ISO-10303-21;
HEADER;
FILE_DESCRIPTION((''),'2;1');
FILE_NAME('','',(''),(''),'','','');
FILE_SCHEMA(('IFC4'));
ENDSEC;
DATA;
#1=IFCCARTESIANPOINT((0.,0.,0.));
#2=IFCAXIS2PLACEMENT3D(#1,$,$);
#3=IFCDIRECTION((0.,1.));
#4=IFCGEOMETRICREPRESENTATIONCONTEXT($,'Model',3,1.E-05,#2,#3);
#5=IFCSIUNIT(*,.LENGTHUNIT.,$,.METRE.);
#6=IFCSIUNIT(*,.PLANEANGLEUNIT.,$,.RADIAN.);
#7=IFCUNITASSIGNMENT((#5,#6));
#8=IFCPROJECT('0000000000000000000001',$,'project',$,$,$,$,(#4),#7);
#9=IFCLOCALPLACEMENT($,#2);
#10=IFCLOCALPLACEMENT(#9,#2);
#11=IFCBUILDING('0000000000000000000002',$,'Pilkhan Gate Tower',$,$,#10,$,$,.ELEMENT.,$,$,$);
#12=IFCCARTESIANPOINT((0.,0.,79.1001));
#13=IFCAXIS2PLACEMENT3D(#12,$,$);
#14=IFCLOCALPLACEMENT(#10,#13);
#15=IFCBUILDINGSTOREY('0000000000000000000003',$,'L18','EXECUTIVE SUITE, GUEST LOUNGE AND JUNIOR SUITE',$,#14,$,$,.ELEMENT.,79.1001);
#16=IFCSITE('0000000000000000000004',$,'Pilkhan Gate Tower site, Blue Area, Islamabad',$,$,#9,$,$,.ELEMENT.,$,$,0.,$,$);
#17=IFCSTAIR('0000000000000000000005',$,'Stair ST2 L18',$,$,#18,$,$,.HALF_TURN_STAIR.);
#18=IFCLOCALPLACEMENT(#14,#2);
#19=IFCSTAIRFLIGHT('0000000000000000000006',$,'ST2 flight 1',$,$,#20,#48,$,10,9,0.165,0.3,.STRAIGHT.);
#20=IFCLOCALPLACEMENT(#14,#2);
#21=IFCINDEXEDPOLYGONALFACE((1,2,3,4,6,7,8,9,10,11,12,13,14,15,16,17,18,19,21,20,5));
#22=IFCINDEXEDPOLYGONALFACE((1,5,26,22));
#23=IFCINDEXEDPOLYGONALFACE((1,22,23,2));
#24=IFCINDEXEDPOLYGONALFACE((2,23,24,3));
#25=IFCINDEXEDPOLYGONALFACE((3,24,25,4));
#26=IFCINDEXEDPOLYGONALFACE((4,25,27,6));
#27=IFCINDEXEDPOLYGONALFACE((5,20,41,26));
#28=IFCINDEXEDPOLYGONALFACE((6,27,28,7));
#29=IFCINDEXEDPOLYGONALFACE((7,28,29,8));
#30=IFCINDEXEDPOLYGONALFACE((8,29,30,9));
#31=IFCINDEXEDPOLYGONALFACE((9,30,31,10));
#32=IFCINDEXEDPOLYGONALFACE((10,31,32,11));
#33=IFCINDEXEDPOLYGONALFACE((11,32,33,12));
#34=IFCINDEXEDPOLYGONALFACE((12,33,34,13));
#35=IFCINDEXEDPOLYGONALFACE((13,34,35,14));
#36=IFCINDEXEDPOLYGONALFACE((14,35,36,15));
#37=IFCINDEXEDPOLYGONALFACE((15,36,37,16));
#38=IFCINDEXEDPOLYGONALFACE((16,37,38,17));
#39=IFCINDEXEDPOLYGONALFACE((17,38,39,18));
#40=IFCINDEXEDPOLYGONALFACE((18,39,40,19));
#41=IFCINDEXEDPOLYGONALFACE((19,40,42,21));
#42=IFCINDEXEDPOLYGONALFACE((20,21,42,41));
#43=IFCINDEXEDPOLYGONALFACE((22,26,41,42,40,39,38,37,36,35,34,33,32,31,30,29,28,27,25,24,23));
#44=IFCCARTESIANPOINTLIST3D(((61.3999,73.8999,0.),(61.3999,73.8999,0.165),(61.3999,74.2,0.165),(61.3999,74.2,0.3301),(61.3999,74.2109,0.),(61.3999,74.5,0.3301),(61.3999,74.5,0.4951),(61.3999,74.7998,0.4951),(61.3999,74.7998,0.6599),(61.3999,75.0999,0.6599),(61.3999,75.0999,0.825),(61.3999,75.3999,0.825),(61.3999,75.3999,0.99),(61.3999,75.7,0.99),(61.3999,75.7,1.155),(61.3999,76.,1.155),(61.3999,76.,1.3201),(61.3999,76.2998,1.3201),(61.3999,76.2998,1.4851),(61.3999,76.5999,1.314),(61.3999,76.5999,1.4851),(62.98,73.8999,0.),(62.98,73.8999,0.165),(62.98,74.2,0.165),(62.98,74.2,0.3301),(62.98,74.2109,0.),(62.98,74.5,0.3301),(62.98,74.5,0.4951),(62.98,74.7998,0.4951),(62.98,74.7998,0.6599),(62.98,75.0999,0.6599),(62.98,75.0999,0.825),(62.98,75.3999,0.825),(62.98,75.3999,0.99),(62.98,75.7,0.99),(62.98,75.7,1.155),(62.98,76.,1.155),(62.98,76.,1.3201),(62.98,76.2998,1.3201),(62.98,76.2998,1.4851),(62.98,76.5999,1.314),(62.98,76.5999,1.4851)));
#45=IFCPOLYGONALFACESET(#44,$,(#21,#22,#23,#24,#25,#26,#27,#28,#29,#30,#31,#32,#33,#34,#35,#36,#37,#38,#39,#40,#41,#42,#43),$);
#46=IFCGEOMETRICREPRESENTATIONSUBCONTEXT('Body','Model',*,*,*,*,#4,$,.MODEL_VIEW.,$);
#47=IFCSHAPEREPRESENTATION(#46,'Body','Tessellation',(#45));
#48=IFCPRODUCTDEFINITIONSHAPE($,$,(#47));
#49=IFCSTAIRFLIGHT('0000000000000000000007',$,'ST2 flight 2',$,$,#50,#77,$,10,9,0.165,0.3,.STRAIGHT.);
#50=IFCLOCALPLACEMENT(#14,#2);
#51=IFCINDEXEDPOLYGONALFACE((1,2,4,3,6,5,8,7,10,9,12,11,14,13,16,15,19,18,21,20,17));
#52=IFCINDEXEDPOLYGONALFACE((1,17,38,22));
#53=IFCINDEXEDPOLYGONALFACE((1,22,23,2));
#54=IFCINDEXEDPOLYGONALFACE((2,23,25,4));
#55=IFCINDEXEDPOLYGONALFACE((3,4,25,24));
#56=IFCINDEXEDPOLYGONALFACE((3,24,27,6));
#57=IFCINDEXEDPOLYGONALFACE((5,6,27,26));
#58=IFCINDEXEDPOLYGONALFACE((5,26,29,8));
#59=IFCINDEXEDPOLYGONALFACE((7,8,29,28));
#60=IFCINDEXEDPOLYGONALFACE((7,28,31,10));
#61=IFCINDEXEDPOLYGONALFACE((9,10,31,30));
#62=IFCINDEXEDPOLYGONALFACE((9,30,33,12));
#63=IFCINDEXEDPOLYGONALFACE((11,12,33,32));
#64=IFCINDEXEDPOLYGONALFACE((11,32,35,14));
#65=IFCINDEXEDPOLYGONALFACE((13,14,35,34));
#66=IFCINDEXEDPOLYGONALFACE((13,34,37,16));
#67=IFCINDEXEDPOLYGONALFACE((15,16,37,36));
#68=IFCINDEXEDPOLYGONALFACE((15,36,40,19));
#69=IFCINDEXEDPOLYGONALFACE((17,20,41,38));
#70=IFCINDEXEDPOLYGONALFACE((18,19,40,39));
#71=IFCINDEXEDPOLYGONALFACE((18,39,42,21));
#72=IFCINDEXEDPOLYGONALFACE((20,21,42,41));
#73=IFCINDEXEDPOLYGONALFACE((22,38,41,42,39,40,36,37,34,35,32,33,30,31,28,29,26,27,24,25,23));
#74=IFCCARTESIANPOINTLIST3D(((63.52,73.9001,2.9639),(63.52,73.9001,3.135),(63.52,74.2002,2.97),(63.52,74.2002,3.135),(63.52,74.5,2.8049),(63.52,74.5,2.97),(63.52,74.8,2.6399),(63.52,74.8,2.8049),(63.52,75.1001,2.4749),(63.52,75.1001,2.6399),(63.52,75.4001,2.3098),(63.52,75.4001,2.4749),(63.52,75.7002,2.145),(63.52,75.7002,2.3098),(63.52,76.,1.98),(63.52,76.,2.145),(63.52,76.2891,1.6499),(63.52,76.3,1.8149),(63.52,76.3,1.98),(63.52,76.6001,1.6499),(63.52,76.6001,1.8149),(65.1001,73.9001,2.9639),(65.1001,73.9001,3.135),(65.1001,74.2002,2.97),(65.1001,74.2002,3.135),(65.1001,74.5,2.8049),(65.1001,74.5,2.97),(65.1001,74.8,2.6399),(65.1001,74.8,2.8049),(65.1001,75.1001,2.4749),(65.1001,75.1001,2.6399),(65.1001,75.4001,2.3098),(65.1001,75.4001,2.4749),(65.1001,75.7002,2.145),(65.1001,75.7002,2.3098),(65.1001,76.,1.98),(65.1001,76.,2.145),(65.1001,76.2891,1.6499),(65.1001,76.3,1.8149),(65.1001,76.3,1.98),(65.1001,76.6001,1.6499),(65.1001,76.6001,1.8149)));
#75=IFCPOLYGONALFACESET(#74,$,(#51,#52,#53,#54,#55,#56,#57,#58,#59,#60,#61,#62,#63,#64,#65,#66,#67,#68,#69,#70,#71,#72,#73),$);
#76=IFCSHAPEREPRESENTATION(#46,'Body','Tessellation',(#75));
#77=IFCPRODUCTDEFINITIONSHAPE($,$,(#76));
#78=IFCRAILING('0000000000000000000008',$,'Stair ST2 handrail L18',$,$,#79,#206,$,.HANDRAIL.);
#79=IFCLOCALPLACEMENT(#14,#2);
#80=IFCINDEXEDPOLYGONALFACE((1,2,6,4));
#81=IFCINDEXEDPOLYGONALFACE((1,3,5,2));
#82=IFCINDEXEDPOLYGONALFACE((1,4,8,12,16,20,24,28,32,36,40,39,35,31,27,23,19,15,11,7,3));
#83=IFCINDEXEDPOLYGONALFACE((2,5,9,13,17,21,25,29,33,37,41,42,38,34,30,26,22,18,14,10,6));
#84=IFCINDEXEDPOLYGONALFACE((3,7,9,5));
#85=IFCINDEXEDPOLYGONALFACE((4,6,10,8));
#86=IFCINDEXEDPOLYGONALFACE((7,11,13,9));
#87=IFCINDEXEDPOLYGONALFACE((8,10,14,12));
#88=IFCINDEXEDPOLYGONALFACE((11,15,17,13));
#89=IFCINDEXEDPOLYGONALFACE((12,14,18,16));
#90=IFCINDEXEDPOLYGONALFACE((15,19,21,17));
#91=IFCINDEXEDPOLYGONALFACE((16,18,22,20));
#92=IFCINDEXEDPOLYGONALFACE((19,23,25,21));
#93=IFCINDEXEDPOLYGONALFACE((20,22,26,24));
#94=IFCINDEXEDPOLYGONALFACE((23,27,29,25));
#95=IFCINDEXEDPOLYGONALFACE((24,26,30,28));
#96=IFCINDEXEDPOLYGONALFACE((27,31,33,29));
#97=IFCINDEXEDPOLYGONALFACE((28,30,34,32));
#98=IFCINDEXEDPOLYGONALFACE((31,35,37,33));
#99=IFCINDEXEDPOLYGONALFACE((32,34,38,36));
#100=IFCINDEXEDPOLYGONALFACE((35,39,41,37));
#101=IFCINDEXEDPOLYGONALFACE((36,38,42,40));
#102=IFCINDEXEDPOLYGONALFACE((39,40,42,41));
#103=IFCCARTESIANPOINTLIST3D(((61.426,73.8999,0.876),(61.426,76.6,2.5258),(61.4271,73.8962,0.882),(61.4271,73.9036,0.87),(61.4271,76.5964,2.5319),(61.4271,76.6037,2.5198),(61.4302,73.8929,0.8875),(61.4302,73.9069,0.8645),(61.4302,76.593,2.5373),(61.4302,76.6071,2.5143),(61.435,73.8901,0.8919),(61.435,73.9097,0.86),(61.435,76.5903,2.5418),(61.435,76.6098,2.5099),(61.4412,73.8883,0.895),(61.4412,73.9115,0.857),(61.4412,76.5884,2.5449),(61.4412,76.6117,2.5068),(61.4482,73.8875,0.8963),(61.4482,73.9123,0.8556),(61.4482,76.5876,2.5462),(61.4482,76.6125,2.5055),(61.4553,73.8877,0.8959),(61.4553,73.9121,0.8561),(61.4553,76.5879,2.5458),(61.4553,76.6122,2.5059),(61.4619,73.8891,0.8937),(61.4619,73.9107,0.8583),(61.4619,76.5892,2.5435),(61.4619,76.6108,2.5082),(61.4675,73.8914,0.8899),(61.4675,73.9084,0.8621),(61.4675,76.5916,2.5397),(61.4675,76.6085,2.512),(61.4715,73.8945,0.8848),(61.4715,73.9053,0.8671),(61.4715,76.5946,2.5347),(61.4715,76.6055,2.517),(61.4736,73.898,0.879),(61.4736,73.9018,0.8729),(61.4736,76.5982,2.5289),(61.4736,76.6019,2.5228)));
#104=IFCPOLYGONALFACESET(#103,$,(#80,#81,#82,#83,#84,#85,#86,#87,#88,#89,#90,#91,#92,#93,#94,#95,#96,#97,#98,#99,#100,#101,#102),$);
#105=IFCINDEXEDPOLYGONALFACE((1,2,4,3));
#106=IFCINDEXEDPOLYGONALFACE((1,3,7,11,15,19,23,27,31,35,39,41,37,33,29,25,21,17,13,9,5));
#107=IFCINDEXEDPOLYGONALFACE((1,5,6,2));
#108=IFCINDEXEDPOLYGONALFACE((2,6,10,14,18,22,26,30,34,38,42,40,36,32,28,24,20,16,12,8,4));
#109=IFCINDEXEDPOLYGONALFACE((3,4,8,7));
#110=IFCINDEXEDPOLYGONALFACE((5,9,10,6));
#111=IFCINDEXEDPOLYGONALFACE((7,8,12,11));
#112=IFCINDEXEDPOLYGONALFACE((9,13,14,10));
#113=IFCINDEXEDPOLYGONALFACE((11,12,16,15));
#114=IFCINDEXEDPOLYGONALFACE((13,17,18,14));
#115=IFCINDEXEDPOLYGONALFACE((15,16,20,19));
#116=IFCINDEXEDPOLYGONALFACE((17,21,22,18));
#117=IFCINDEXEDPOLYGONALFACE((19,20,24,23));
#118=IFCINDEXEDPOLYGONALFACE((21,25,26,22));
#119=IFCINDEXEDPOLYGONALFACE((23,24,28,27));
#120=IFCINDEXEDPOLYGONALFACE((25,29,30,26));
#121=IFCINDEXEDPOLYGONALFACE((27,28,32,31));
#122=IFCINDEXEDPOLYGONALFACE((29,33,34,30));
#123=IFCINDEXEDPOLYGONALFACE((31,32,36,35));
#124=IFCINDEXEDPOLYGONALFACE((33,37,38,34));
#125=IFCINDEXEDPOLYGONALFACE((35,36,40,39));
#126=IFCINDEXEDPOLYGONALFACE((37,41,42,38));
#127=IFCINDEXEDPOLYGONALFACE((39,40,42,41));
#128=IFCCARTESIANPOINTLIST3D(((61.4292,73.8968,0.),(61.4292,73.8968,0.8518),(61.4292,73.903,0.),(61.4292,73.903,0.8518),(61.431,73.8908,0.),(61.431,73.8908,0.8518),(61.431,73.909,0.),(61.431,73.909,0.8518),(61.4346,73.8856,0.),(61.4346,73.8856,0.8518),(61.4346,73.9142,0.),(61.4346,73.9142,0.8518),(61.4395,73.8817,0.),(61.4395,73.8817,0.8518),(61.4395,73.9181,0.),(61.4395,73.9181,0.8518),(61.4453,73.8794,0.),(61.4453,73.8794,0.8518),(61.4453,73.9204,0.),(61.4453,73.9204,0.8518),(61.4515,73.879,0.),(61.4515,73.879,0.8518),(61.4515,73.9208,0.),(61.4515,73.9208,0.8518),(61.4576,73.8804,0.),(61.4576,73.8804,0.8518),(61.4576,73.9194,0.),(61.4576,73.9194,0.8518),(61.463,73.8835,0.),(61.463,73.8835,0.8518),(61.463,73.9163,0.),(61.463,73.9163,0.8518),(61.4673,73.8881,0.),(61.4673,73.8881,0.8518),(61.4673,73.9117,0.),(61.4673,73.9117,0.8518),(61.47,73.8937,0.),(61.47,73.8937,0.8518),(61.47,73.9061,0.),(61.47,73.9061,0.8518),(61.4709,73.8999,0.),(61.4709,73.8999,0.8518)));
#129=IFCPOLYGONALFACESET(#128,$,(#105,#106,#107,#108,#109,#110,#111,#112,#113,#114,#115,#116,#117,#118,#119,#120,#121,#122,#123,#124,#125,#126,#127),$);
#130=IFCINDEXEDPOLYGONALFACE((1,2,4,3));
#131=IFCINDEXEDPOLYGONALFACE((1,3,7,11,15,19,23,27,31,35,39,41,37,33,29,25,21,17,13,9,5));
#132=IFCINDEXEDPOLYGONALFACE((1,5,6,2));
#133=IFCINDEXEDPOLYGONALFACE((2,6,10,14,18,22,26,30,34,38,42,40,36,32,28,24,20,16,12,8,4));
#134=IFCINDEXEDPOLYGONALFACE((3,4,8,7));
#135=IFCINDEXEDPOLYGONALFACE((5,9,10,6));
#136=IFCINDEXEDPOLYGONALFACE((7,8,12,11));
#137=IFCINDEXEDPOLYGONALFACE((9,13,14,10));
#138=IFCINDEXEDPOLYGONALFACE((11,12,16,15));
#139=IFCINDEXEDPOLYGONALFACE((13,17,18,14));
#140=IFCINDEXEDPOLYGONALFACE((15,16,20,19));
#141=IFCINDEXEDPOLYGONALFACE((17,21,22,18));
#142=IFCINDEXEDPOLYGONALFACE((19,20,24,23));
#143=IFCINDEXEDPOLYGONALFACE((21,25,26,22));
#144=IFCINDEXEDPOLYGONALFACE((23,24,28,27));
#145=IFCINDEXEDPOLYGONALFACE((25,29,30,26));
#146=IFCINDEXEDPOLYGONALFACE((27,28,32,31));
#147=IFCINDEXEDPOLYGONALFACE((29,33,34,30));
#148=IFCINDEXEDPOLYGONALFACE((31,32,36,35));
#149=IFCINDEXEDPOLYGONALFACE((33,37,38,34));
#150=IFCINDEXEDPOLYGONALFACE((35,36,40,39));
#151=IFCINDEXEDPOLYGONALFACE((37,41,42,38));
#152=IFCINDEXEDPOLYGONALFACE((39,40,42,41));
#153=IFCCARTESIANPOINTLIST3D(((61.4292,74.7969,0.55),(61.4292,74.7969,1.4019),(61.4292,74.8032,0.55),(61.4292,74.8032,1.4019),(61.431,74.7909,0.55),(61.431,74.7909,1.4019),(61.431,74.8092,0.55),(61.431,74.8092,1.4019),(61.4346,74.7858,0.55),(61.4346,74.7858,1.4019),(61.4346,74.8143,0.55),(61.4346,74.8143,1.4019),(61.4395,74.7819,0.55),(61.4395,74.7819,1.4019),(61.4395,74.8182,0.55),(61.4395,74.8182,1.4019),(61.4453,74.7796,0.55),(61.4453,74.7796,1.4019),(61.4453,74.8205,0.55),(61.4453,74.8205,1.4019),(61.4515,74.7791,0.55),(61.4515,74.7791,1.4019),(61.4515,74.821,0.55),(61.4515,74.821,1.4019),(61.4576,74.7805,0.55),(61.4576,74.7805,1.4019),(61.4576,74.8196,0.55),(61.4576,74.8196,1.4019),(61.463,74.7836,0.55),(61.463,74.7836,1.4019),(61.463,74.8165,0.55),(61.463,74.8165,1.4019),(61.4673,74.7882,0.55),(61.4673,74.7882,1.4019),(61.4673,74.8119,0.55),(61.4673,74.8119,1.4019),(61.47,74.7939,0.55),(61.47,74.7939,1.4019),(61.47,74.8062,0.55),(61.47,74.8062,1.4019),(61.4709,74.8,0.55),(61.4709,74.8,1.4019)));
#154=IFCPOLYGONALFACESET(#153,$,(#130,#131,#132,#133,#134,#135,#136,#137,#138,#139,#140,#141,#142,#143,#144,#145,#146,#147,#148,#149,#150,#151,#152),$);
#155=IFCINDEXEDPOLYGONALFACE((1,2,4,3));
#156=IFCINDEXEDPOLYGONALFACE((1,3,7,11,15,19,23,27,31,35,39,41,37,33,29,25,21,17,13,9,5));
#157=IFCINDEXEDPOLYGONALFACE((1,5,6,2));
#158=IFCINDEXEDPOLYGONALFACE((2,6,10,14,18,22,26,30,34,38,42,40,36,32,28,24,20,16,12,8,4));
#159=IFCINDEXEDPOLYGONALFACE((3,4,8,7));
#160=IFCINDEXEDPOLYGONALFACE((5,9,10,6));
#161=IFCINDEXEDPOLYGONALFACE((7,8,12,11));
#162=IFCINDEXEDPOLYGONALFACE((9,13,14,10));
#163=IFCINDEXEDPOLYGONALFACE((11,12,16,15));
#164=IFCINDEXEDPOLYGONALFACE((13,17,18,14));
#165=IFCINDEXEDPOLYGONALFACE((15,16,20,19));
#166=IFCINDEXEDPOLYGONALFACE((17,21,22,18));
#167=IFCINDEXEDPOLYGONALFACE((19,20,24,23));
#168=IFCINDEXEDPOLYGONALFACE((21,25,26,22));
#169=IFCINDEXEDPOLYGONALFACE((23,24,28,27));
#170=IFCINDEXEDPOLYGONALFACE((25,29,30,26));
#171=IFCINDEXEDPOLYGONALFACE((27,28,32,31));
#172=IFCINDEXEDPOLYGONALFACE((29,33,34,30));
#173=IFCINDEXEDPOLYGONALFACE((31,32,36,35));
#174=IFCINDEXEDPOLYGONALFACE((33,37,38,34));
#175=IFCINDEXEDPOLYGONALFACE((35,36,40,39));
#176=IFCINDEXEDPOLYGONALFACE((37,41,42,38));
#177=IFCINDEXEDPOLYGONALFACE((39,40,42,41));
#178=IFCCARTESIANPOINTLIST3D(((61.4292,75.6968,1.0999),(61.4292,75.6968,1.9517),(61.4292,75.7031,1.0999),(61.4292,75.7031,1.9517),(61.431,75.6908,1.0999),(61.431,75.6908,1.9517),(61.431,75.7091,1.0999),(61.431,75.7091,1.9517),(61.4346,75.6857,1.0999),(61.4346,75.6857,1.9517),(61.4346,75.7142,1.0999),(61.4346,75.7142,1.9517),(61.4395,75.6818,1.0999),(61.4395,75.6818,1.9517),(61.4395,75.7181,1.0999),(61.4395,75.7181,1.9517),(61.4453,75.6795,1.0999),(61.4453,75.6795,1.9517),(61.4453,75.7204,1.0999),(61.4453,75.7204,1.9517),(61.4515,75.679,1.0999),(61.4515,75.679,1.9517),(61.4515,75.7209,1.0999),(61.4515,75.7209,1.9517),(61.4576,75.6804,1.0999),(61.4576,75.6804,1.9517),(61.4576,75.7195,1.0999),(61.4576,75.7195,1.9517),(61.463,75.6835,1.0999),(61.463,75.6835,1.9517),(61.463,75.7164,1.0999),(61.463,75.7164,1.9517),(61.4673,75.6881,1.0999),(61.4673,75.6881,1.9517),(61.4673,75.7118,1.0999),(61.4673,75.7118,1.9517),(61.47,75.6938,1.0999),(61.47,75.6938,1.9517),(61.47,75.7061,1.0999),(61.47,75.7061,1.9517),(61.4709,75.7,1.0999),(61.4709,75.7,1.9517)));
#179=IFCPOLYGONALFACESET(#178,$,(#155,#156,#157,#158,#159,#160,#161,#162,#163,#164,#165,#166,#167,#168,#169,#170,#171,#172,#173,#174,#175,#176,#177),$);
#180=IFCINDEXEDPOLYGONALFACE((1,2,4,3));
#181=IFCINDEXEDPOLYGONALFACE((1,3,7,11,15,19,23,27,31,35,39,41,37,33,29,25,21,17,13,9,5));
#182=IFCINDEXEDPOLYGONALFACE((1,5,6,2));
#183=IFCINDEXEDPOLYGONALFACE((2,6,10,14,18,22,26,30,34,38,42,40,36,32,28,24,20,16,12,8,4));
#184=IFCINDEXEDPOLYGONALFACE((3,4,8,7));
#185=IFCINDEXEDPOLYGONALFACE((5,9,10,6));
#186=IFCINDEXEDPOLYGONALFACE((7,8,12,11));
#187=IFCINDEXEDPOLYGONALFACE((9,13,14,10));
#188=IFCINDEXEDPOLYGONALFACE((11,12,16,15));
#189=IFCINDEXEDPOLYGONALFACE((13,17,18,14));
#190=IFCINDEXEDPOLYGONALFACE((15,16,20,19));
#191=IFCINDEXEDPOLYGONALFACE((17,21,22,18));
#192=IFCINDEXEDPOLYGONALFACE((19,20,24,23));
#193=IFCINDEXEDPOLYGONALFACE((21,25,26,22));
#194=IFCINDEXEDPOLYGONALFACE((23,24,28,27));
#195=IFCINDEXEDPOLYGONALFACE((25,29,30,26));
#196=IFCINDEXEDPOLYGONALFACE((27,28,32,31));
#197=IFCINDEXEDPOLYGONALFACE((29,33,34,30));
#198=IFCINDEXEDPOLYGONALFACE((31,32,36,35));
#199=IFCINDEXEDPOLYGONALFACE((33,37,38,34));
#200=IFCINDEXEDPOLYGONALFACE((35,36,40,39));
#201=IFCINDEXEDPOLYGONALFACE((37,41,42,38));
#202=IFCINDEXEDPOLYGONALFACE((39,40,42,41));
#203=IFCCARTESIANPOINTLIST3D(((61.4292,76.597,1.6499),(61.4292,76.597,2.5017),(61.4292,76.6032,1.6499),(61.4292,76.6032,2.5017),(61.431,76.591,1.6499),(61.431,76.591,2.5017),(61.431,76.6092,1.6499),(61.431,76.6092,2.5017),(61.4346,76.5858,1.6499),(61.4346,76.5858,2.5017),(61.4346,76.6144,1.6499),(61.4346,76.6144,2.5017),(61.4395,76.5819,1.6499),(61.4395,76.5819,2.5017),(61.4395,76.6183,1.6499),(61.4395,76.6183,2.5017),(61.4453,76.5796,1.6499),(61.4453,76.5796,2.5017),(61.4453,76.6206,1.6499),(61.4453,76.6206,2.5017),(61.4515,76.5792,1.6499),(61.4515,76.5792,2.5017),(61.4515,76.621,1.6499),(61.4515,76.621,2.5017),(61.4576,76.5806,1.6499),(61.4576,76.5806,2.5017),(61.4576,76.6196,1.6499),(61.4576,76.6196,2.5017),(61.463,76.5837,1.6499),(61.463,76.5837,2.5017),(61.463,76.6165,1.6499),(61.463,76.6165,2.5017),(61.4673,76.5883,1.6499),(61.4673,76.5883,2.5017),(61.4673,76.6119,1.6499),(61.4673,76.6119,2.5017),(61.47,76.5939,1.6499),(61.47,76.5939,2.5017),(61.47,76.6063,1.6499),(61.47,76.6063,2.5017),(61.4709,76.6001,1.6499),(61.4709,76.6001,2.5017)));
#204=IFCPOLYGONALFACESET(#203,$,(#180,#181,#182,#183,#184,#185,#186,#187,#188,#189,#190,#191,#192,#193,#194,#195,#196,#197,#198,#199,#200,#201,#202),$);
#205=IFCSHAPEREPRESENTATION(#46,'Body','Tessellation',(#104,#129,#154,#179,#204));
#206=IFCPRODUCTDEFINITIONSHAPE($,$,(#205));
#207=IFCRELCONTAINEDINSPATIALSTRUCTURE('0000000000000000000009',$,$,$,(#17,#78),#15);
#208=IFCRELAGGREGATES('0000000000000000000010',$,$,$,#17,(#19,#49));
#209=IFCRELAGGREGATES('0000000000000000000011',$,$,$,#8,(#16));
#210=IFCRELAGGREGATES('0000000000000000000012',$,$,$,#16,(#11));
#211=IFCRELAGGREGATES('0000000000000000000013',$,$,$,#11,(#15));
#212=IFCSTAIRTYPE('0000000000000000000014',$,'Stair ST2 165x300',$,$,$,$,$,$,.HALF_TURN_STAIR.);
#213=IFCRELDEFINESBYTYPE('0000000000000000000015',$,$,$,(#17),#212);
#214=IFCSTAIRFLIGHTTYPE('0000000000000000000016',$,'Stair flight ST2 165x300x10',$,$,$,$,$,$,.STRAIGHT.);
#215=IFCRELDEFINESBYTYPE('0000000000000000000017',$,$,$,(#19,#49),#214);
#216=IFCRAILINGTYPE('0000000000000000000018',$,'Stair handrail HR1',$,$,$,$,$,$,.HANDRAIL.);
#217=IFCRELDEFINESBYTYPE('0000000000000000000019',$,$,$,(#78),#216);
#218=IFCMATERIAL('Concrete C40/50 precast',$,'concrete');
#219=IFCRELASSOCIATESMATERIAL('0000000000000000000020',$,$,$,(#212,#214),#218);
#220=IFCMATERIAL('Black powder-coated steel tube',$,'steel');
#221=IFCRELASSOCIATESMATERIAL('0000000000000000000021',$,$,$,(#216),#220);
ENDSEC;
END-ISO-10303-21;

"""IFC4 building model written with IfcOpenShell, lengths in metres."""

from ifc_helpers import new_model, si_unit, direction, frame, origin, origin_2d, place, context, subcontext, project, spatial, polyline, circle, outline, extrude, material, type_object, element, aggregate, save


model = new_model("IFC4")

# Units and contexts
model_context = context("Model", 3, precision=1e-05, world=origin(), true_north=direction((0.0, 1.0)))
body_context = subcontext(model_context, "Body", "Model", "MODEL_VIEW")
ifc_project = project(units=[si_unit("LENGTHUNIT", "METRE"), si_unit("PLANEANGLEUNIT", "RADIAN")], contexts=[model_context])

# Site, building, storey
site_placement = place(None, origin())
site = spatial("IfcSite", under=ifc_project, at=site_placement, Name="Pilkhan Gate Tower site, Blue Area, Islamabad", CompositionType="ELEMENT", RefElevation=0.0)
building_placement = place(site_placement, origin())
building = spatial("IfcBuilding", under=site, at=building_placement, Name="Pilkhan Gate Tower", CompositionType="ELEMENT")
storey_placement = place(building_placement, frame((0.0, 0.0, 79.1001)))
storey = spatial("IfcBuildingStorey", under=building, at=storey_placement, Name="L18", Description="EXECUTIVE SUITE, GUEST LOUNGE AND JUNIOR SUITE", CompositionType="ELEMENT", Elevation=79.1001)

# Stair, stair flights
ifc_material_1 = material(Name="Concrete C40/50 precast", Category="concrete")
stair_type = type_object("IfcStairType", Name="Stair ST2 165x300", PredefinedType="HALF_TURN_STAIR", material=ifc_material_1)
stair_placement = place(storey_placement, origin())
stair = element("IfcStair", 1, at=stair_placement, inside=storey, type_object=stair_type, Name="Stair ST2 L18", PredefinedType="HALF_TURN_STAIR")
stair_flight_type = type_object("IfcStairFlightType", Name="Stair flight ST2 165x300x10", PredefinedType="STRAIGHT", material=ifc_material_1)
stair_flight_1_placement = place(storey_placement, frame((62.1899, 73.8999, 0.0), z_axis=(0.0, 0.0, 1.0), x_axis=(0.0, 1.0, 0.0)))
stair_flight_1 = element("IfcStairFlight", 2, at=stair_flight_1_placement, type_object=stair_flight_type, Name="ST2 flight 1", NumberOfRisers=10, NumberOfTreads=9, PredefinedType="STRAIGHT", RiserHeight=0.165, TreadLength=0.3, context=body_context, shape_type="SweptSolid", body=[
    extrude(outline(polyline([(0.0, 0.0), (0.0, 0.165), (0.3, 0.165), (0.3, 0.3301), (0.6001, 0.3301), (0.6001, 0.4951), (0.8999, 0.4951), (0.8999, 0.6599), (1.2, 0.6599), (1.2, 0.825), (1.5, 0.825), (1.5, 0.99), (1.8, 0.99), (1.8, 1.155), (2.1001, 1.155), (2.1001, 1.3201), (2.3999, 1.3201), (2.3999, 1.4851), (2.7, 1.4851), (2.7, 1.6499), (2.7, 1.314), (0.311, 0.0), (0.0, 0.0)])), frame((0.0, 0.79, 0.0), z_axis=(0.0, -1.0, 0.0), x_axis=(1.0, 0.0, 0.0)), (0.0, 0.0, 1.0), 1.5801),
])
stair_flight_2_placement = place(storey_placement, frame((64.3101, 76.6001, 1.6499), z_axis=(0.0, 0.0, 1.0), x_axis=(0.0, -1.0, 0.0)))
stair_flight_2 = element("IfcStairFlight", 3, at=stair_flight_2_placement, type_object=stair_flight_type, Name="ST2 flight 2", NumberOfRisers=10, NumberOfTreads=9, PredefinedType="STRAIGHT", RiserHeight=0.165, TreadLength=0.3, context=body_context, shape_type="SweptSolid", body=[
    extrude(outline(polyline([(0.0, 0.0), (0.0, 0.165), (0.3, 0.165), (0.3, 0.3301), (0.6001, 0.3301), (0.6001, 0.4951), (0.8999, 0.4951), (0.8999, 0.6599), (1.2, 0.6599), (1.2, 0.825), (1.5, 0.825), (1.5, 0.99), (1.8, 0.99), (1.8, 1.155), (2.1001, 1.155), (2.1001, 1.3201), (2.3999, 1.3201), (2.3999, 1.4851), (2.7, 1.4851), (2.7, 1.6499), (2.7, 1.314), (0.311, 0.0), (0.0, 0.0)])), frame((0.0, 0.79, 0.0), z_axis=(0.0, -1.0, 0.0), x_axis=(1.0, 0.0, 0.0)), (0.0, 0.0, 1.0), 1.5801),
])
aggregate(stair, [stair_flight_1, stair_flight_2])

# Railing
ifc_material_2 = material(Name="Black powder-coated steel tube", Category="steel")
railing_type_1 = type_object("IfcRailingType", Name="Stair handrail HR1", PredefinedType="HANDRAIL", material=ifc_material_2)
railing_1_placement = place(storey_placement, frame((61.45, 73.8999, 0.0)))
element("IfcRailing", 4, at=railing_1_placement, inside=storey, type_object=railing_type_1, Name="Stair ST2 handrail L18", PredefinedType="HANDRAIL", context=body_context, shape_type="SweptSolid", body=[
    extrude(circle(Radius=0.0239, at=origin_2d()), frame((0.0, 0.0, 0.876), z_axis=(0.0, 0.853312, 0.5214), x_axis=(-1.0, 0.0, 0.0)), (0.0, 0.0, 1.0), 3.1643),
    extrude(circle(Radius=0.021, at=origin_2d()), origin(), (0.0, 0.0, 1.0), 0.8518),
    extrude(circle(Radius=0.021, at=origin_2d()), frame((0.0, 0.9001, 0.55)), (0.0, 0.0, 1.0), 0.8518),
    extrude(circle(Radius=0.021, at=origin_2d()), frame((0.0, 1.8, 1.0999)), (0.0, 0.0, 1.0), 0.8518),
    extrude(circle(Radius=0.021, at=origin_2d()), frame((0.0, 2.7002, 1.6499)), (0.0, 0.0, 1.0), 0.8518),
])

save(model, "model.ifc")
